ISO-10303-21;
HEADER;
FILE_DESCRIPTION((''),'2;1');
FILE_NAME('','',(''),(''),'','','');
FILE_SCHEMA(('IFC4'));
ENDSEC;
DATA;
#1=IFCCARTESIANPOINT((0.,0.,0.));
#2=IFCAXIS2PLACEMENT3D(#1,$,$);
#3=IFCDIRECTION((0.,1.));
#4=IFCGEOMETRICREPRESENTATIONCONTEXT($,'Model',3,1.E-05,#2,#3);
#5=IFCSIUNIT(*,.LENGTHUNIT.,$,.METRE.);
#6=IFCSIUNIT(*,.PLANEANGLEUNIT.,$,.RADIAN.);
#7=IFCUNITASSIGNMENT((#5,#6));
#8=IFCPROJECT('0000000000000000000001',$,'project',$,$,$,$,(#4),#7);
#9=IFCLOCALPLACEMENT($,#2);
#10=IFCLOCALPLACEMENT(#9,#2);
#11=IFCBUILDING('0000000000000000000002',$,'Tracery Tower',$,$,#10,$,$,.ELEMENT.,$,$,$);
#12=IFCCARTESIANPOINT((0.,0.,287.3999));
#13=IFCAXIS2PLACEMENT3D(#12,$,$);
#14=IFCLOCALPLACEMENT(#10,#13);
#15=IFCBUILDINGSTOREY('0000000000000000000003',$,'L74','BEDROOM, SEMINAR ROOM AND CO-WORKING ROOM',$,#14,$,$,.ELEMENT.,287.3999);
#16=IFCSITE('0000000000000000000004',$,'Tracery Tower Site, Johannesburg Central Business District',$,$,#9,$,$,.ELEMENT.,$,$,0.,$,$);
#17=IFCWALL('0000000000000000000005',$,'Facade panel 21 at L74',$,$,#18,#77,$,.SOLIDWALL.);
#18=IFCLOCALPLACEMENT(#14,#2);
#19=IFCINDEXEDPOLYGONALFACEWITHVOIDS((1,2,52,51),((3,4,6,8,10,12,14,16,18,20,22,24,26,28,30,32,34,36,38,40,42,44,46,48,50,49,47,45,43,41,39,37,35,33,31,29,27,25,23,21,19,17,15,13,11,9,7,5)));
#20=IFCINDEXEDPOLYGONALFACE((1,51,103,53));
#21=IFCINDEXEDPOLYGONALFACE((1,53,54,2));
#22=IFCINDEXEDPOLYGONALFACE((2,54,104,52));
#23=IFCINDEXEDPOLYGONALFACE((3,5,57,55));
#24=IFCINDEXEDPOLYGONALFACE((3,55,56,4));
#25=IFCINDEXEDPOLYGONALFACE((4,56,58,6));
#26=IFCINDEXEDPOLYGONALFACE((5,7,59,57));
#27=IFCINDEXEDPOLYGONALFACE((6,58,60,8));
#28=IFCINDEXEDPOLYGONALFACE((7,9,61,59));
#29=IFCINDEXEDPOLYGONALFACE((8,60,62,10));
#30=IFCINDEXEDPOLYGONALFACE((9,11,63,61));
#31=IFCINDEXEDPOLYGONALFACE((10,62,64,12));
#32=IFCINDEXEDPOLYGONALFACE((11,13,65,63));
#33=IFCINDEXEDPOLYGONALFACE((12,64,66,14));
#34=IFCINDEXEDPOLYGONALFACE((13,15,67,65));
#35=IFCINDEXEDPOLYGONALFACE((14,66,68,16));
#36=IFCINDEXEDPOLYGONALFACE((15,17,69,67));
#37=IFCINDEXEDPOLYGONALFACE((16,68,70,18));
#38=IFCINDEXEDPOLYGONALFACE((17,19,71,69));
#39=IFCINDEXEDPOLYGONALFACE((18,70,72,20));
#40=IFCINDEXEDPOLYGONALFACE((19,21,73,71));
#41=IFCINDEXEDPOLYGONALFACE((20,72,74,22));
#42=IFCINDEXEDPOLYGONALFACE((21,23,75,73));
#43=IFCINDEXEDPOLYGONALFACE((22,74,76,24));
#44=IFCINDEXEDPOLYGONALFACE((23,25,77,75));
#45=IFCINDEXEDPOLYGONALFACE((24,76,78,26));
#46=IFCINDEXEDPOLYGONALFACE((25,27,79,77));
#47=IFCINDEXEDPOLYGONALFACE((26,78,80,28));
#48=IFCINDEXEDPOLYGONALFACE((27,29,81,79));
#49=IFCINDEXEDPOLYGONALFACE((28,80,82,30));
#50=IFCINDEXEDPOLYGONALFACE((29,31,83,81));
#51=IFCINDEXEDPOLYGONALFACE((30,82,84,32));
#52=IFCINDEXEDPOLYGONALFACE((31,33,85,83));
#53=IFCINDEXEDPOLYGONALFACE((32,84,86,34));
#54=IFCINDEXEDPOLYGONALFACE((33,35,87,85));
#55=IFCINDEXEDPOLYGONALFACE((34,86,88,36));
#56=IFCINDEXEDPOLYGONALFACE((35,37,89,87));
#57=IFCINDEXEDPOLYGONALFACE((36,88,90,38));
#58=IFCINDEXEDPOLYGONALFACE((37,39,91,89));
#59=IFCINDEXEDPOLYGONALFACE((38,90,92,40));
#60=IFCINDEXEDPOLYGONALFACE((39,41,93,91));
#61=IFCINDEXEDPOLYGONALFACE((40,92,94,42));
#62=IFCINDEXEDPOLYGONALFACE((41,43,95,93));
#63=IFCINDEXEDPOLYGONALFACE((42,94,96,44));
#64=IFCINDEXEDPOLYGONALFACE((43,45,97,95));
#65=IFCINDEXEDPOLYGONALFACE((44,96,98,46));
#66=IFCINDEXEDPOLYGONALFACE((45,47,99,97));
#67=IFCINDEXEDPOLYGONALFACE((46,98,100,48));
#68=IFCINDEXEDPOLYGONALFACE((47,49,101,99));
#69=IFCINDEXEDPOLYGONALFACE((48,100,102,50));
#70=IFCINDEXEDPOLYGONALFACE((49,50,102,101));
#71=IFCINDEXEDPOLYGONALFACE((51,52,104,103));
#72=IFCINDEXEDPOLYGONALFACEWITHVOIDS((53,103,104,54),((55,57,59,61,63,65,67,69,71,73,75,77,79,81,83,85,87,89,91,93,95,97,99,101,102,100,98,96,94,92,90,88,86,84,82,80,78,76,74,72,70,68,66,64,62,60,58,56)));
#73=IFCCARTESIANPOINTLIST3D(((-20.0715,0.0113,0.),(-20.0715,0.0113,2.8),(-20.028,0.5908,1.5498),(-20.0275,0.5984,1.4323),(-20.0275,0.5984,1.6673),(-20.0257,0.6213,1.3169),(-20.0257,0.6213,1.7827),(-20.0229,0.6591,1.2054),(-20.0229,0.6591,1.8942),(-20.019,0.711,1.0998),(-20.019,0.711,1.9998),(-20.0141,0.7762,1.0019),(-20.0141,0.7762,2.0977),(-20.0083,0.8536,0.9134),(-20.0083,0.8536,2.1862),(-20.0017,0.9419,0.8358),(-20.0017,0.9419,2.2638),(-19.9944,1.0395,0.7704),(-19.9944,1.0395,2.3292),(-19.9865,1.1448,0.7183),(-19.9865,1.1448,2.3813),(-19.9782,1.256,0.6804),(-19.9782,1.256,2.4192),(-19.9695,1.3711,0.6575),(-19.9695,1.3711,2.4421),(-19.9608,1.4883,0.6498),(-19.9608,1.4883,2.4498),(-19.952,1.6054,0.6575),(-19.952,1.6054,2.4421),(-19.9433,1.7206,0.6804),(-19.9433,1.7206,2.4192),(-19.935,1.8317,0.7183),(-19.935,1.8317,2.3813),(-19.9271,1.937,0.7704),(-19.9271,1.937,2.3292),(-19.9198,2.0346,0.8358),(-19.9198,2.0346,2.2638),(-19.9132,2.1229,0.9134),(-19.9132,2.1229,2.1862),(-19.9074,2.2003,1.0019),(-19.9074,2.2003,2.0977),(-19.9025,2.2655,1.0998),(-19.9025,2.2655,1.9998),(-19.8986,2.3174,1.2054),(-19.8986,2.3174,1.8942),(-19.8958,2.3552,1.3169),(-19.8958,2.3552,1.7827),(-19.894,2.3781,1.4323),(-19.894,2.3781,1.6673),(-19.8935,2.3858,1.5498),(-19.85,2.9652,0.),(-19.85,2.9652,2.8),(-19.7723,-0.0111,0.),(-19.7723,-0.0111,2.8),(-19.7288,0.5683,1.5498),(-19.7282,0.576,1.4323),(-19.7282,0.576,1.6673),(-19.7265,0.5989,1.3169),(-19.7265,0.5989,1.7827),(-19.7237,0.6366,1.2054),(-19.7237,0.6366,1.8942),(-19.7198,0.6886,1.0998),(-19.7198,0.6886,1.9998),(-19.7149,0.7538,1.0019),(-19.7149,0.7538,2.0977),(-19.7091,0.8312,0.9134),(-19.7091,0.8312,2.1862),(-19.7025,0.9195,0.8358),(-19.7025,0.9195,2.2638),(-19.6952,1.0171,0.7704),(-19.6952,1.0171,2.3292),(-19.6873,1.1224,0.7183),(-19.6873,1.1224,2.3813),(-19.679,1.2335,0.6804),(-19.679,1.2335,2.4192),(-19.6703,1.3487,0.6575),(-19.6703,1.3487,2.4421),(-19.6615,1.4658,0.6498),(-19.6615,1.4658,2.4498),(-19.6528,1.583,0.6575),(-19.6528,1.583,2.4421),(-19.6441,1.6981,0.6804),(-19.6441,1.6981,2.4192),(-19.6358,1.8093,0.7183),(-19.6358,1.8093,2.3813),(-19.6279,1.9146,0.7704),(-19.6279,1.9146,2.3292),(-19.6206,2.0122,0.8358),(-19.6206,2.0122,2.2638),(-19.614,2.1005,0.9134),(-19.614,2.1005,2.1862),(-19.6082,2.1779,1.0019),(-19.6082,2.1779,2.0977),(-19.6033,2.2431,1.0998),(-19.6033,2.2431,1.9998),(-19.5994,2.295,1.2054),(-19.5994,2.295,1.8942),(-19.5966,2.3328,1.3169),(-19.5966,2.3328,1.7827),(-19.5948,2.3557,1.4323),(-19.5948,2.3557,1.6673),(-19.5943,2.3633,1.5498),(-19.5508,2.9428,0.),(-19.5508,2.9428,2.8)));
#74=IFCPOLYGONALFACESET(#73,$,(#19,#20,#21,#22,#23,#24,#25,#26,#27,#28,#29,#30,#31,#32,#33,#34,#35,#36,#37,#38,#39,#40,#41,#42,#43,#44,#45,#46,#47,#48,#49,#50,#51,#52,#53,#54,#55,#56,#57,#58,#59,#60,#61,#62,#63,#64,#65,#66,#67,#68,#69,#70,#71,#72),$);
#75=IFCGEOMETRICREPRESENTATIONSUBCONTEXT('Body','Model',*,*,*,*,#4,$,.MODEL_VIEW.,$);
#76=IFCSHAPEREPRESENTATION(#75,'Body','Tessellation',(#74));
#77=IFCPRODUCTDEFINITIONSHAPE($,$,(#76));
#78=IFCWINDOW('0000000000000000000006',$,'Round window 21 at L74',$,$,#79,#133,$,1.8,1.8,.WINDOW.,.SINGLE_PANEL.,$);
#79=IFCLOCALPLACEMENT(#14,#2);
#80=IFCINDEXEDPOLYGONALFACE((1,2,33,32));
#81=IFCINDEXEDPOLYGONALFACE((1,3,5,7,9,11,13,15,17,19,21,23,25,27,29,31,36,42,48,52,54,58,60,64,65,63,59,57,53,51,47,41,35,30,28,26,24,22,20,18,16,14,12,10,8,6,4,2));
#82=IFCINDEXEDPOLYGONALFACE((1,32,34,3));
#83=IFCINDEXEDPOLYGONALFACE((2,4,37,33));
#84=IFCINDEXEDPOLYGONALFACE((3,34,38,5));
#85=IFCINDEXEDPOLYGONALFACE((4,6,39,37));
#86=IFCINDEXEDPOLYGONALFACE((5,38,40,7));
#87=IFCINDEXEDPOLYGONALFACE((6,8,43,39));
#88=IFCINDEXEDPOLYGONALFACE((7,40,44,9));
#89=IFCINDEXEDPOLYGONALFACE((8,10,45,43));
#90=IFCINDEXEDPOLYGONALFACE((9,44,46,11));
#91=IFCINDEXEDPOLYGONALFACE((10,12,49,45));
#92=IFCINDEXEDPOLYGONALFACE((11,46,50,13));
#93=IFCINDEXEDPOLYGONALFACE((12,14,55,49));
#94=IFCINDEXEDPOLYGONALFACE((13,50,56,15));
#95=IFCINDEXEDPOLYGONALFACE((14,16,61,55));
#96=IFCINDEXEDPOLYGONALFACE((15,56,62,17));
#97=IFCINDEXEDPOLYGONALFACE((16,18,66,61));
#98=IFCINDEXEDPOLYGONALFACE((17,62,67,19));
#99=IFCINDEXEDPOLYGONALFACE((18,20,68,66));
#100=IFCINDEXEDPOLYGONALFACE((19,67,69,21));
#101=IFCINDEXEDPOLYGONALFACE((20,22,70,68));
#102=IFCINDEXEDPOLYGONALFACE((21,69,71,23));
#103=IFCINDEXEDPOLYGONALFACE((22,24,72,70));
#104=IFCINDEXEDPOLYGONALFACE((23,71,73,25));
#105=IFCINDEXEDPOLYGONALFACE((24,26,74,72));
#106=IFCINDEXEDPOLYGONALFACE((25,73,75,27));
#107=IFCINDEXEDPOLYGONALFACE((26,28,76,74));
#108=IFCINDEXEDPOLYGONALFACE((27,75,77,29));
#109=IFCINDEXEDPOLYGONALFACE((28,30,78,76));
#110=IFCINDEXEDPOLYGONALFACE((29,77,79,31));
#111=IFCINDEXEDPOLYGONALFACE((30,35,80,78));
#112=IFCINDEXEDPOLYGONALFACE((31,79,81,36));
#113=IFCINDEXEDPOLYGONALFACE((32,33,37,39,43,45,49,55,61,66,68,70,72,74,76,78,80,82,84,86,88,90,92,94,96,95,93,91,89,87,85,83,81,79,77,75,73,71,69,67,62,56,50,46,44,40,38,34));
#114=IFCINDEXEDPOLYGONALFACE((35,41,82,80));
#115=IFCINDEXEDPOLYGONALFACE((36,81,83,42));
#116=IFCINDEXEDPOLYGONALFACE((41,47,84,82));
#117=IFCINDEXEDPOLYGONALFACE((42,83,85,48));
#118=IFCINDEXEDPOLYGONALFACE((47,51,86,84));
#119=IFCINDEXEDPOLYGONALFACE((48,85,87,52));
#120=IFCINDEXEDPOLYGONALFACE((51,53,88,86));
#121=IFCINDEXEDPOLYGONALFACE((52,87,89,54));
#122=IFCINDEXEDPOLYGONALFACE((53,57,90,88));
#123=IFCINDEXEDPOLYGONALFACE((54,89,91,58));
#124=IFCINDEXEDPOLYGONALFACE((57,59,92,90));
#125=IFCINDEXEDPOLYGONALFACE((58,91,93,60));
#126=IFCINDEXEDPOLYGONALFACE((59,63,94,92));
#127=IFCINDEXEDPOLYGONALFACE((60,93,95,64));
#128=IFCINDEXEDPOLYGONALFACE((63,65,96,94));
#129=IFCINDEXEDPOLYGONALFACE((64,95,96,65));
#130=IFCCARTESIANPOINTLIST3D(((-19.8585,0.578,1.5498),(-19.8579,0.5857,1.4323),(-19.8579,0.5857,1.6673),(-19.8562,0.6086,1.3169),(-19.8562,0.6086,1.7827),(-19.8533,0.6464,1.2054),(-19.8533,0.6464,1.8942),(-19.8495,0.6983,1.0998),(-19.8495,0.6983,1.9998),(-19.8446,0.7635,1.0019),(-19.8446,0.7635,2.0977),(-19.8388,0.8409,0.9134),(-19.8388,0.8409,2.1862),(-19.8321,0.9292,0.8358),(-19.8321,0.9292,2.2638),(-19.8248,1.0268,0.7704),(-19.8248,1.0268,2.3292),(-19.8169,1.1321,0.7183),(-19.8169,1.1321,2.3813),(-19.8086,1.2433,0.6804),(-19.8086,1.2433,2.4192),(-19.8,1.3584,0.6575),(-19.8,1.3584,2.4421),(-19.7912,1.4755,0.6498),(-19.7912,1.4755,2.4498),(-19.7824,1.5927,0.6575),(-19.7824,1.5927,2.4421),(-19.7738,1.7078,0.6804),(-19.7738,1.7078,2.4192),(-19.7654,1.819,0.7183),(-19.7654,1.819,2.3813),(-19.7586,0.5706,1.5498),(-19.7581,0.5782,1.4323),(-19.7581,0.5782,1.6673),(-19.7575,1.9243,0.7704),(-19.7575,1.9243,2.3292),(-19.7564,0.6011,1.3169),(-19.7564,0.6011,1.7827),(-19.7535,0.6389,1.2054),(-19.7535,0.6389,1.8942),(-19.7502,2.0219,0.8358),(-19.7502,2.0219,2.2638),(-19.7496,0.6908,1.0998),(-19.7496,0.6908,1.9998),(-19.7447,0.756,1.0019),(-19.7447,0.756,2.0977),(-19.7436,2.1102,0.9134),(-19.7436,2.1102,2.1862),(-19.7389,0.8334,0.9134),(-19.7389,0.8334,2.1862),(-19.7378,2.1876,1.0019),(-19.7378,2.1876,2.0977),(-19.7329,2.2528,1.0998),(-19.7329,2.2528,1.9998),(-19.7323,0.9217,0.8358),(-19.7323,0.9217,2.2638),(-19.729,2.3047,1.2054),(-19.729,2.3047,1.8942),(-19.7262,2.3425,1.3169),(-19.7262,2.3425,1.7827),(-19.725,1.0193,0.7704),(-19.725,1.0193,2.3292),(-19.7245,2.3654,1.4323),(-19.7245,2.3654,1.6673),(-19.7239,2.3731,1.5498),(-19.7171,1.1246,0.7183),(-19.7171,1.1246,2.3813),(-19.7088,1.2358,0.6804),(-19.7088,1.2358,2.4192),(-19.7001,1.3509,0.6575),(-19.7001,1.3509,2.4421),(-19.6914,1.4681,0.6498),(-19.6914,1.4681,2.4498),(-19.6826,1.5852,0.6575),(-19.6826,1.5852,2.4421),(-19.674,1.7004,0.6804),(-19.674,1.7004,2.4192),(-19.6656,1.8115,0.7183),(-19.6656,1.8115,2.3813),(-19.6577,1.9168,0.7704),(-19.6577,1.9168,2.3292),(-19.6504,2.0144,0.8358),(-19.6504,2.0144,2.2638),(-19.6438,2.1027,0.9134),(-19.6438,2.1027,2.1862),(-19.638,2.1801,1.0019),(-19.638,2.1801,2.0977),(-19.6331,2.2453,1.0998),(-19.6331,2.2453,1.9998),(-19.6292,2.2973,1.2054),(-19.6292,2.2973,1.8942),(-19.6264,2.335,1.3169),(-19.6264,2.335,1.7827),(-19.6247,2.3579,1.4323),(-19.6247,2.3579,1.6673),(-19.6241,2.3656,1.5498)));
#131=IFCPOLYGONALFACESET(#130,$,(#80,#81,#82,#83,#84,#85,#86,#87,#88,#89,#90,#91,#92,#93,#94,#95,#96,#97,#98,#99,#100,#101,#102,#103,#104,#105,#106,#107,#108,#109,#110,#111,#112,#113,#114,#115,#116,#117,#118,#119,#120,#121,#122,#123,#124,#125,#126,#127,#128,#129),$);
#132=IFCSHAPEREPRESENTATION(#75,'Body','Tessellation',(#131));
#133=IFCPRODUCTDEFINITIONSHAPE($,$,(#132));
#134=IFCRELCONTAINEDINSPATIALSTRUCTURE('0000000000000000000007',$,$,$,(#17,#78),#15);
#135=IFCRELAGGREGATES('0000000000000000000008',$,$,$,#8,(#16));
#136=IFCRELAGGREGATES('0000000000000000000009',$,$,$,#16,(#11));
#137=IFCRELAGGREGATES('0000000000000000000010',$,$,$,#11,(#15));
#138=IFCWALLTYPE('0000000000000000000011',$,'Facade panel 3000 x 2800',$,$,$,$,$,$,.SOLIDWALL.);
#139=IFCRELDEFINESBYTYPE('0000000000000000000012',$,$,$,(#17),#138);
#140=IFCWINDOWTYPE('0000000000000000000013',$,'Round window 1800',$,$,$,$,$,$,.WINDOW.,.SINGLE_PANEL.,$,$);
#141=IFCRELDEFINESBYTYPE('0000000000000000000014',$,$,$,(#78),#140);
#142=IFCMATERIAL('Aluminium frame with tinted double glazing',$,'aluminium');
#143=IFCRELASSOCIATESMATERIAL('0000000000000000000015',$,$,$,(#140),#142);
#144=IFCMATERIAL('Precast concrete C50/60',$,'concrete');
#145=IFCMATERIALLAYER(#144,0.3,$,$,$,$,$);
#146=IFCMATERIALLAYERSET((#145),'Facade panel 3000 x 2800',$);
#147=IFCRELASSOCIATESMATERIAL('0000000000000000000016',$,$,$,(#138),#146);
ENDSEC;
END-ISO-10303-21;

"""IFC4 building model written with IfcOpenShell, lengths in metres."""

from ifc_helpers import new_model, si_unit, direction, frame, frame_2d, origin, origin_2d, place, context, subcontext, project, spatial, rectangle, circle, extrude, material, layer, layer_set, type_object, element, fill, save


model = new_model("IFC4")

# Units and contexts
model_context = context("Model", 3, precision=1e-05, world=origin(), true_north=direction((0.0, 1.0)))
body_context = subcontext(model_context, "Body", "Model", "MODEL_VIEW")
ifc_project = project(units=[si_unit("LENGTHUNIT", "METRE"), si_unit("PLANEANGLEUNIT", "RADIAN")], contexts=[model_context])

# Site, building, storey
site_placement = place(None, origin())
site = spatial("IfcSite", under=ifc_project, at=site_placement, Name="Tracery Tower Site, Johannesburg Central Business District", CompositionType="ELEMENT", RefElevation=0.0)
building_placement = place(site_placement, origin())
building = spatial("IfcBuilding", under=site, at=building_placement, Name="Tracery Tower", CompositionType="ELEMENT")
storey_placement = place(building_placement, frame((0.0, 0.0, 287.3999)))
storey = spatial("IfcBuildingStorey", under=building, at=storey_placement, Name="L74", Description="BEDROOM, SEMINAR ROOM AND CO-WORKING ROOM", CompositionType="ELEMENT", Elevation=287.3999)

# Wall, opening, window
ifc_material_1 = material(Name="Aluminium frame with tinted double glazing", Category="aluminium")
window_type = type_object("IfcWindowType", Name="Round window 1800", PartitioningType="SINGLE_PANEL", PredefinedType="WINDOW", material=ifc_material_1)
ifc_material_2 = material(Name="Precast concrete C50/60", Category="concrete")
ifc_layer_1 = layer(ifc_material_2, 0.3)
ifc_layer_set_1 = layer_set([ifc_layer_1], Name="Facade panel 3000 x 2800")
wall_type_1 = type_object("IfcWallType", Name="Facade panel 3000 x 2800", PredefinedType="SOLIDWALL", material=ifc_layer_set_1)
wall_1_placement = place(storey_placement, frame((-19.7004, 2.9539, 0.0), z_axis=(0.0, 0.0, 1.0), x_axis=(-0.074755, -0.997202, 0.0)))
wall_1 = element("IfcWall", 1, at=wall_1_placement, inside=storey, type_object=wall_type_1, Name="Facade panel 21 at L74", PredefinedType="SOLIDWALL", context=body_context, shape_type="SweptSolid", body=[
    extrude(rectangle(XDim=2.9622, YDim=0.3, at=frame_2d((1.481, 0.0))), origin(), (0.0, 0.0, 1.0), 2.8),
])
opening_1_placement = place(wall_1_placement, frame((1.481, 0.0, 1.5498)))
opening_1 = element("IfcOpeningElement", 2, at=opening_1_placement, cuts=wall_1, PredefinedType="OPENING", context=body_context, shape_type="SweptSolid", body=[
    extrude(circle(Radius=0.9, at=origin_2d()), frame((0.0, 0.1599, 0.0), z_axis=(0.0, -1.0, 0.0), x_axis=(1.0, 0.0, 0.0)), (0.0, 0.0, 1.0), 0.3201),
])
window_1_placement = place(opening_1_placement, origin())
window_1 = element("IfcWindow", 3, at=window_1_placement, inside=storey, type_object=window_type, Name="Round window 21 at L74", OverallHeight=1.8, OverallWidth=1.8, PartitioningType="SINGLE_PANEL", PredefinedType="WINDOW", context=body_context, shape_type="SweptSolid", body=[
    extrude(circle(Radius=0.9, at=origin_2d()), frame((0.0, 0.1201, 0.0), z_axis=(0.0, -1.0, 0.0), x_axis=(1.0, 0.0, 0.0)), (0.0, 0.0, 1.0), 0.1001),
])
fill(opening_1, window_1)

save(model, "model.ifc")
